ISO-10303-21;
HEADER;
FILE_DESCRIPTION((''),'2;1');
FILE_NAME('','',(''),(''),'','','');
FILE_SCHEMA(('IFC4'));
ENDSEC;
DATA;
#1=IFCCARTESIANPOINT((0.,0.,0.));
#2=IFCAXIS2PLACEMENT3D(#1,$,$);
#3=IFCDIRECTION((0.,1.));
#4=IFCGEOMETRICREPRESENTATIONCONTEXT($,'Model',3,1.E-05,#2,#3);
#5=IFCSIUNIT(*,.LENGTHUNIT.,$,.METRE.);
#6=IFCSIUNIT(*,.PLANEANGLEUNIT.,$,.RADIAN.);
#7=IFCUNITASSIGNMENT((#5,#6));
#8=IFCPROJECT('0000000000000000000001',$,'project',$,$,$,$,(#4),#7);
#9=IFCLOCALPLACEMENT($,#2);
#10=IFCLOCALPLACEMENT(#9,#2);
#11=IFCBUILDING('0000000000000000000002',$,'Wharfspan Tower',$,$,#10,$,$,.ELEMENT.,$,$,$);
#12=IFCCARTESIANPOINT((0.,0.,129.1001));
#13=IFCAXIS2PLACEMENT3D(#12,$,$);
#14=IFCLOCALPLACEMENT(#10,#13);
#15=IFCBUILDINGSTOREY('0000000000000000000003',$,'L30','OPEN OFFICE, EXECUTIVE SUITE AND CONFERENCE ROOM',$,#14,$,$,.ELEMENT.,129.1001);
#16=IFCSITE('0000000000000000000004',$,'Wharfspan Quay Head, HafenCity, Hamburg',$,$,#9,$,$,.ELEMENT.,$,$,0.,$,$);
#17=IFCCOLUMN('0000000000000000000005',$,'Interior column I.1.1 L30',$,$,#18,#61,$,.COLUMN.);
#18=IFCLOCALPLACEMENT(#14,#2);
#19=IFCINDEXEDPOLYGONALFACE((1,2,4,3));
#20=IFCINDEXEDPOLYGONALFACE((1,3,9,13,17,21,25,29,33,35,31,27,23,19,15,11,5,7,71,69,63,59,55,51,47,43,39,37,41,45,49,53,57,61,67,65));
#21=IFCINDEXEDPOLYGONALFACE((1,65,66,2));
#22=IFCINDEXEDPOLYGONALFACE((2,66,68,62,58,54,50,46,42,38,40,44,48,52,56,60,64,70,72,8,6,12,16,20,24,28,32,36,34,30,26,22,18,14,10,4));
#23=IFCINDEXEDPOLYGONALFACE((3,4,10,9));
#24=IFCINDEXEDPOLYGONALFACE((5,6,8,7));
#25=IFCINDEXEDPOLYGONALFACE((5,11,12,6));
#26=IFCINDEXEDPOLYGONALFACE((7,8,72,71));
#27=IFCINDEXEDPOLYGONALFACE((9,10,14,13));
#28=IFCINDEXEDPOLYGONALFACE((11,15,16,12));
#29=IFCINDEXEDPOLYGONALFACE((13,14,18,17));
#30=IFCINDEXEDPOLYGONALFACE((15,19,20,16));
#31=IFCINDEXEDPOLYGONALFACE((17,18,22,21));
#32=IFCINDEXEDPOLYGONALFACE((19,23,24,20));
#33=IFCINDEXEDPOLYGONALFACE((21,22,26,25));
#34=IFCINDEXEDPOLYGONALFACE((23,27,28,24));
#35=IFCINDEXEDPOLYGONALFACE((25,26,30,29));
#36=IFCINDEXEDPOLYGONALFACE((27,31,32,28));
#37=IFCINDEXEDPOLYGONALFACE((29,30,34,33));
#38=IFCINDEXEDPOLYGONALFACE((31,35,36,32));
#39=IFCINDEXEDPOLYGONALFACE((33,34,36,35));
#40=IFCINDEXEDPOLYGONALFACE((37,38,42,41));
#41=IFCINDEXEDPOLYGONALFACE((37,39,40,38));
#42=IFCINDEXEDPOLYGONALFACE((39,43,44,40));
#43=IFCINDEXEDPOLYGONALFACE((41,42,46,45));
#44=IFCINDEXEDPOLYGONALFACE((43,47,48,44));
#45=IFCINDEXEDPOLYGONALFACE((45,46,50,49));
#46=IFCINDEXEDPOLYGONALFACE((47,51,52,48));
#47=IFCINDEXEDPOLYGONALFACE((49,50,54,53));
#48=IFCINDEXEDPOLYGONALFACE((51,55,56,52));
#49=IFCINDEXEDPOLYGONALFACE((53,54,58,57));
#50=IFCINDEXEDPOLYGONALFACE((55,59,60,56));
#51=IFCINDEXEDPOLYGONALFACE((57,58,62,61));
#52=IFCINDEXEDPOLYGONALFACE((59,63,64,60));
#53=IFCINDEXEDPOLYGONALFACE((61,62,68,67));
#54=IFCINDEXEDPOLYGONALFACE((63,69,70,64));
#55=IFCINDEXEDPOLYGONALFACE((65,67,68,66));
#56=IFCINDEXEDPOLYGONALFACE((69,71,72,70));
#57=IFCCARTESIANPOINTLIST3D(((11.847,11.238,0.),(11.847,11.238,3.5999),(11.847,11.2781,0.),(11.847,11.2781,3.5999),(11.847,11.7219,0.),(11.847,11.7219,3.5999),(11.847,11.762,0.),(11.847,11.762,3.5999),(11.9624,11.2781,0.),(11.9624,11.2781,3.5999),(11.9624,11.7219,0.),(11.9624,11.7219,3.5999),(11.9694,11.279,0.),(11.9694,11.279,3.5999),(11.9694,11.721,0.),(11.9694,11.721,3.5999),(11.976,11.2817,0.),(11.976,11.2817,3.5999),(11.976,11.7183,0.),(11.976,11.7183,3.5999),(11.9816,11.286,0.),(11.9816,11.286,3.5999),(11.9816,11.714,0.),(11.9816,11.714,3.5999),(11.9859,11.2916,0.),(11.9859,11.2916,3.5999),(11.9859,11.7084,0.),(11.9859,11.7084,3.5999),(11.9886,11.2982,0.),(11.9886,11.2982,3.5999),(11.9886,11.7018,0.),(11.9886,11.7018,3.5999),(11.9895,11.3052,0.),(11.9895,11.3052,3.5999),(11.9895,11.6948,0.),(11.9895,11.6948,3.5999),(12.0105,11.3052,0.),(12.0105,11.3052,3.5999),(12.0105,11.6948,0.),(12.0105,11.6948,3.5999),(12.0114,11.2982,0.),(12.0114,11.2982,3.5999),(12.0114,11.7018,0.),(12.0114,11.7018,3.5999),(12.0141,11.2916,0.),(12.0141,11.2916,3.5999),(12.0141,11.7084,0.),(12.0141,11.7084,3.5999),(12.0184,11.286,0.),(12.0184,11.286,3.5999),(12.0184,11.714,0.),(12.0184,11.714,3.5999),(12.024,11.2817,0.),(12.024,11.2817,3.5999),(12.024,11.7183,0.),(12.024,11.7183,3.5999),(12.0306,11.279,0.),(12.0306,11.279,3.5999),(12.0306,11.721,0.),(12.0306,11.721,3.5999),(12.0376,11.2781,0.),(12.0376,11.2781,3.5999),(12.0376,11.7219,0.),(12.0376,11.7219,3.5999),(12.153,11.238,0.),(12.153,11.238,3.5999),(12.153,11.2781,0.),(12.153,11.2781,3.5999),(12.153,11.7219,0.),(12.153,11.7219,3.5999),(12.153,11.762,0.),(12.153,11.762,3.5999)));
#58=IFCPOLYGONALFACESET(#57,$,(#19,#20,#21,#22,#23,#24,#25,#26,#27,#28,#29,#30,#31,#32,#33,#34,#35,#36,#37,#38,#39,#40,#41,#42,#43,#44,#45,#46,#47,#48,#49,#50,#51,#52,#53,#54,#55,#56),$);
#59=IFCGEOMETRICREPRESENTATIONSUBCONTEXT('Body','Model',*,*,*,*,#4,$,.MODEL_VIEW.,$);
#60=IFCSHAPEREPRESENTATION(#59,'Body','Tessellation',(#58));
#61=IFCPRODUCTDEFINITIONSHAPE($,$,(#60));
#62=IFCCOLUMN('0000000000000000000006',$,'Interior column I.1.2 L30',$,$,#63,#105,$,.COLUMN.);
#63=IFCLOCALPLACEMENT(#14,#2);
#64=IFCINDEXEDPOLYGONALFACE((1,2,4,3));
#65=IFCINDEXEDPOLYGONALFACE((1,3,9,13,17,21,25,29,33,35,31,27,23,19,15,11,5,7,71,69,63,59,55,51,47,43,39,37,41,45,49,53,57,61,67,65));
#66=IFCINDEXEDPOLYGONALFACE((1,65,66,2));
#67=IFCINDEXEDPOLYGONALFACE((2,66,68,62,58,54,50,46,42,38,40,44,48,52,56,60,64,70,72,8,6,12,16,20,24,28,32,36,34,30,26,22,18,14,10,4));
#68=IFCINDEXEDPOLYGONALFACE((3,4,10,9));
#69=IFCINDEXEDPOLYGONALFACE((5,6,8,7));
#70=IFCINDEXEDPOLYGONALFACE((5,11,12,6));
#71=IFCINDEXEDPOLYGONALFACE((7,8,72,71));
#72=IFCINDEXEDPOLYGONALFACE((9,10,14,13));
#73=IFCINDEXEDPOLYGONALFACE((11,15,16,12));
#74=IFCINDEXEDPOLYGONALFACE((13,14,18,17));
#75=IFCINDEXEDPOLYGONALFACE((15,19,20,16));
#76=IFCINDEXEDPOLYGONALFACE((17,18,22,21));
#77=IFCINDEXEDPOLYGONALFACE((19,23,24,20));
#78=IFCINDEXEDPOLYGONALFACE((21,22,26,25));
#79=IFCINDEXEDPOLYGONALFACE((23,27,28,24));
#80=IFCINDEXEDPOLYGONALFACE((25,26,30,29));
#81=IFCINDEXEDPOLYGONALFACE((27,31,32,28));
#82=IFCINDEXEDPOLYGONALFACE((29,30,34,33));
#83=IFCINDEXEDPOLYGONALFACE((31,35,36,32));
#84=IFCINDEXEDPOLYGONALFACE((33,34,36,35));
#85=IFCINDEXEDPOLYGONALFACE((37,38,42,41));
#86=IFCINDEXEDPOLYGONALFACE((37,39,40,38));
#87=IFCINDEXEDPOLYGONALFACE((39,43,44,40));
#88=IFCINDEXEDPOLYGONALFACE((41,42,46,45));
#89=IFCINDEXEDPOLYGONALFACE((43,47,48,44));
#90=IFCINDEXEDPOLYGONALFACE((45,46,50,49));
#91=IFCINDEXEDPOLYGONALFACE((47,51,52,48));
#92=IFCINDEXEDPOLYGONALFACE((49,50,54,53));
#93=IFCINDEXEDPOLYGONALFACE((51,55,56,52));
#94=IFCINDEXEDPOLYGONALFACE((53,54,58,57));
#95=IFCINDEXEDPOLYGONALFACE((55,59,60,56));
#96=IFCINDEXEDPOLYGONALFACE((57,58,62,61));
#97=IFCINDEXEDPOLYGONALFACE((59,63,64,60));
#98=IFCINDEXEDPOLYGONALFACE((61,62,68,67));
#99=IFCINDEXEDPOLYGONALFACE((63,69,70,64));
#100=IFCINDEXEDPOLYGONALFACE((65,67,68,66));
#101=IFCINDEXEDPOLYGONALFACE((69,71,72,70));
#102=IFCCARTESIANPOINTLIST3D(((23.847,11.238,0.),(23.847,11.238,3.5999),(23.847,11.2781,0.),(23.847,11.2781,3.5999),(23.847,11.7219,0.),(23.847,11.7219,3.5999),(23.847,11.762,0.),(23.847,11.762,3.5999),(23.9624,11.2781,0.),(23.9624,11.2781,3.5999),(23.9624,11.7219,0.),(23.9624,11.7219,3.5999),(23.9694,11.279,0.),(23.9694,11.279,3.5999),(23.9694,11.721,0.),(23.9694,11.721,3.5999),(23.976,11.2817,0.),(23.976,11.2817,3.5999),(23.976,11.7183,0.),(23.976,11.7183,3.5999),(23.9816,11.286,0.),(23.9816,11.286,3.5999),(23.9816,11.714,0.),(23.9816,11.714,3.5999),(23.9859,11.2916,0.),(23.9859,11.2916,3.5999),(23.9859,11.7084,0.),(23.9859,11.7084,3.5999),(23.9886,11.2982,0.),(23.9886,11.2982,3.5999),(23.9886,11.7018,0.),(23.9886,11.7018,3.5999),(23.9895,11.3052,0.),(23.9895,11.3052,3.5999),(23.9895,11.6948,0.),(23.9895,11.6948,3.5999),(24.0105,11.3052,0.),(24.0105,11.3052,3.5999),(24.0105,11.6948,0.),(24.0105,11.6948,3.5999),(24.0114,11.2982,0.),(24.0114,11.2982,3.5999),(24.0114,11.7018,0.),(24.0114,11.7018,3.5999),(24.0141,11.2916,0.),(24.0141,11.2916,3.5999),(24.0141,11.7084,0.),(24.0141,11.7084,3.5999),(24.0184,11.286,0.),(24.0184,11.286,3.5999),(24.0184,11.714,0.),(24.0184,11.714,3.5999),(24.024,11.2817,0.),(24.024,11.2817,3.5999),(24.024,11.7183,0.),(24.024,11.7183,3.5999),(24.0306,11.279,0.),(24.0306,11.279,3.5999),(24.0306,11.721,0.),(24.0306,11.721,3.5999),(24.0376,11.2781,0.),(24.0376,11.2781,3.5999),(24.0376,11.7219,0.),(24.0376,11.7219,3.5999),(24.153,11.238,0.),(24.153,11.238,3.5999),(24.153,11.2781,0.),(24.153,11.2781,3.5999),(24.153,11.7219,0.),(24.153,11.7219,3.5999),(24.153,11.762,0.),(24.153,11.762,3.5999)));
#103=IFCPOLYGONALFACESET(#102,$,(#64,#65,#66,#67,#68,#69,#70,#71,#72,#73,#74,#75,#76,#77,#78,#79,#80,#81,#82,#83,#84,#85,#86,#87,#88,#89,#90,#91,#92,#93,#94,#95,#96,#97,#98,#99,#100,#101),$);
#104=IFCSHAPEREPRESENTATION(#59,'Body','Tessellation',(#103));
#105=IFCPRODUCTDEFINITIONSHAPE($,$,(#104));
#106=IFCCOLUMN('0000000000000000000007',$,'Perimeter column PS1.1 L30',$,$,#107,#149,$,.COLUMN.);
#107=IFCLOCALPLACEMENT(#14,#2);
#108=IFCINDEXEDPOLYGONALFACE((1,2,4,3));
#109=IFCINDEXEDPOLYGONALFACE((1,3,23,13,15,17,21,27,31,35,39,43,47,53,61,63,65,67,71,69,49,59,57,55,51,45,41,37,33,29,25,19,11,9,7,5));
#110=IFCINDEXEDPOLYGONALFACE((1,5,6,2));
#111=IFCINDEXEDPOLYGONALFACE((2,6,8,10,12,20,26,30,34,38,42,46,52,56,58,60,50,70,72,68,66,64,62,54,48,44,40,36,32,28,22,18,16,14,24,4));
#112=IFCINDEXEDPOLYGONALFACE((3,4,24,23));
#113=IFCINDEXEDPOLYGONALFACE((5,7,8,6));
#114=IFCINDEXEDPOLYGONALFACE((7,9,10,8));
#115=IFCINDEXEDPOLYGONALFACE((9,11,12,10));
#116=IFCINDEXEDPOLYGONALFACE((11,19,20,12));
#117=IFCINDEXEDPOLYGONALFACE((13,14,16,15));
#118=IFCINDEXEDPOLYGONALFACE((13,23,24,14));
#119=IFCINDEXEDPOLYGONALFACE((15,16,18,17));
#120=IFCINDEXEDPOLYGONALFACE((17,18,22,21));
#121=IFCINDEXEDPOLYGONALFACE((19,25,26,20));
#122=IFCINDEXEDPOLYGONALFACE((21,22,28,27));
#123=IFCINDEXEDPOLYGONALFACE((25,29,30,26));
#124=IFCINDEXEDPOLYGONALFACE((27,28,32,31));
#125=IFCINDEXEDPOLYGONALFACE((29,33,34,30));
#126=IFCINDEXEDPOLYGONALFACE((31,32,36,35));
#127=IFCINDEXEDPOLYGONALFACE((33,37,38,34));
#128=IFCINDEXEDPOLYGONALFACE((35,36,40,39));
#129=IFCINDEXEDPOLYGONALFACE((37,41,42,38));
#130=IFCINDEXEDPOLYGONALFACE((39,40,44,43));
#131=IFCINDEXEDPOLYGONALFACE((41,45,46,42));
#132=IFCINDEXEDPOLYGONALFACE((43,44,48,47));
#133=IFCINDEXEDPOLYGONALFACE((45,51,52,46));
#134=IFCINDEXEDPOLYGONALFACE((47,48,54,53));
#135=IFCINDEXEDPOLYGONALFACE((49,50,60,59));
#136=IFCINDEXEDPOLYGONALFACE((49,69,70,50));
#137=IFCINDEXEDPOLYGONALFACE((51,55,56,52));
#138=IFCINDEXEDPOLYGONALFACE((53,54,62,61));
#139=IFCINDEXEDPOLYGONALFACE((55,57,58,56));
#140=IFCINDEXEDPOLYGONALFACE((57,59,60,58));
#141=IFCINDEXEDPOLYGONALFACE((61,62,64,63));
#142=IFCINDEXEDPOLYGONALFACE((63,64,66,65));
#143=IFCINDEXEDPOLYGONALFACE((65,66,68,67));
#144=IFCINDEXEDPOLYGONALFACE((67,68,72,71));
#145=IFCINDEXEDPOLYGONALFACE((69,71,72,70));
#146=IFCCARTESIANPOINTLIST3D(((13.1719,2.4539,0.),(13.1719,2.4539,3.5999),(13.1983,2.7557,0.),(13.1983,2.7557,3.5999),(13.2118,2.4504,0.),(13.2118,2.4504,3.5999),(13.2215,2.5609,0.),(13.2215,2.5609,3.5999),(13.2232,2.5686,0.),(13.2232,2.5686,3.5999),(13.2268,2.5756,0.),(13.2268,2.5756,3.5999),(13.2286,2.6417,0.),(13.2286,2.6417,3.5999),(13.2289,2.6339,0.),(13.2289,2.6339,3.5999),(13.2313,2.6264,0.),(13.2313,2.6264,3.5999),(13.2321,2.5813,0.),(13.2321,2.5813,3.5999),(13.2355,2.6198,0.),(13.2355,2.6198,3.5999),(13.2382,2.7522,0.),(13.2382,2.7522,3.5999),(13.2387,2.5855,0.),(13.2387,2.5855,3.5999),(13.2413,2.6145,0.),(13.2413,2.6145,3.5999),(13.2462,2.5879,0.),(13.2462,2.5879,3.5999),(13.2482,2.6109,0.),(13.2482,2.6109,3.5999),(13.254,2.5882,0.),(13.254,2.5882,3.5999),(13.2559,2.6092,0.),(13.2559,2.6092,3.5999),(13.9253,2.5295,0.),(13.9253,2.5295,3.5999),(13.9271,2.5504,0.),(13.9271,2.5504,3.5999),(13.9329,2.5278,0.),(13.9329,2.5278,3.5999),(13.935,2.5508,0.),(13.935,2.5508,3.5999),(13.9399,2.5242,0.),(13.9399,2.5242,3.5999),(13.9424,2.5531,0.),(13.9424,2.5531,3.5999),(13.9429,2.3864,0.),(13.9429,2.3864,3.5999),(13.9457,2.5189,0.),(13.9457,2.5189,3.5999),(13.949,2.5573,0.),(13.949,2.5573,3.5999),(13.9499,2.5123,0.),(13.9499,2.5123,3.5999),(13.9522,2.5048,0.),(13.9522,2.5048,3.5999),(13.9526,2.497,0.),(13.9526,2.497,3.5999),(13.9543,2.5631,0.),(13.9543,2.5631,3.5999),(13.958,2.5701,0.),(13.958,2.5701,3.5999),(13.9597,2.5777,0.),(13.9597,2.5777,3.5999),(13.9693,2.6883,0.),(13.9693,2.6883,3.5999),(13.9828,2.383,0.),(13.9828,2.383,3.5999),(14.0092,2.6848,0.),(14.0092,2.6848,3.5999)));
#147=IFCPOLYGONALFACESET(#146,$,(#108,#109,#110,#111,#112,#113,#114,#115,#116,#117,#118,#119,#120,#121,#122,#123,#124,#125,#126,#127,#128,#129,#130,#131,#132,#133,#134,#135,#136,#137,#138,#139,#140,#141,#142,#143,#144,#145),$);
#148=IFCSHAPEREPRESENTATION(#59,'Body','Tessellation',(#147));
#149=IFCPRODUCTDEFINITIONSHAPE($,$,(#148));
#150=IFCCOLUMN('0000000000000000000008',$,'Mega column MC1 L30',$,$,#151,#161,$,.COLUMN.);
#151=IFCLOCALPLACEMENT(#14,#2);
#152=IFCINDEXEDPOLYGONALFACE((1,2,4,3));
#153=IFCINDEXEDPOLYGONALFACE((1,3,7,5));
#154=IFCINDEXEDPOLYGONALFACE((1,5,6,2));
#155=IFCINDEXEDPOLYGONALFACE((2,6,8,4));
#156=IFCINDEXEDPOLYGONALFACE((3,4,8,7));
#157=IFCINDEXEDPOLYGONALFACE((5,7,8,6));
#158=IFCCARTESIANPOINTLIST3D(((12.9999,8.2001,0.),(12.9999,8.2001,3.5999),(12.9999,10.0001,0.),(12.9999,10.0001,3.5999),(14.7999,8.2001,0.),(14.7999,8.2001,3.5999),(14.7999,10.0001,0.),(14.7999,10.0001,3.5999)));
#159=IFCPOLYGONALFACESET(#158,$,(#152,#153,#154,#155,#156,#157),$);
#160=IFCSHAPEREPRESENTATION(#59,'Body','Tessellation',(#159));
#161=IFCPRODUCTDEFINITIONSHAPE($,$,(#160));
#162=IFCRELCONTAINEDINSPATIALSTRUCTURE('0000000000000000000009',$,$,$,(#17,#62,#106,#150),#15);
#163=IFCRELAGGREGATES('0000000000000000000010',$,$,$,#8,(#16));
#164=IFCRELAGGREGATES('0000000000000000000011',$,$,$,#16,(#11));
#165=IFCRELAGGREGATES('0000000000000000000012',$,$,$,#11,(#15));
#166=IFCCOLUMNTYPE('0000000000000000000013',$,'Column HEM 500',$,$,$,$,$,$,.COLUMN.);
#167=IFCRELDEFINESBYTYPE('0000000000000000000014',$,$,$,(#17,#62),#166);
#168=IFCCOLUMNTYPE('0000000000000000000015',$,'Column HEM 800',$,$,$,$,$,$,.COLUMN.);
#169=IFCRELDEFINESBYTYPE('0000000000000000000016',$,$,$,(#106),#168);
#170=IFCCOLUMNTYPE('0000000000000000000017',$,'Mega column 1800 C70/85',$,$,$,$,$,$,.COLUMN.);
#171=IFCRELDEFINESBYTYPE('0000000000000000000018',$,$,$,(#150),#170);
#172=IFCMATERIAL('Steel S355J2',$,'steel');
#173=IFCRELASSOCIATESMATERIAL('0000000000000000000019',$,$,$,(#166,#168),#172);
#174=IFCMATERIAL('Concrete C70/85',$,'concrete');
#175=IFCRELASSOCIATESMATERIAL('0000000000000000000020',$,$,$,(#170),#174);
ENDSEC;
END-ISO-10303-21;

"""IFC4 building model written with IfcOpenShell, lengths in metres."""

from ifc_helpers import new_model, si_unit, direction, frame, origin, origin_2d, place, context, subcontext, project, spatial, rectangle, i_section, extrude, material, material_profile, profile_set, type_object, element, save


model = new_model("IFC4")

# Units and contexts
model_context = context("Model", 3, precision=1e-05, world=origin(), true_north=direction((0.0, 1.0)))
body_context = subcontext(model_context, "Body", "Model", "MODEL_VIEW")
ifc_project = project(units=[si_unit("LENGTHUNIT", "METRE"), si_unit("PLANEANGLEUNIT", "RADIAN")], contexts=[model_context])

# Site, building, storey
site_placement = place(None, origin())
site = spatial("IfcSite", under=ifc_project, at=site_placement, Name="Wharfspan Quay Head, HafenCity, Hamburg", CompositionType="ELEMENT", RefElevation=0.0)
building_placement = place(site_placement, origin())
building = spatial("IfcBuilding", under=site, at=building_placement, Name="Wharfspan Tower", CompositionType="ELEMENT")
storey_placement = place(building_placement, frame((0.0, 0.0, 129.1001)))
storey = spatial("IfcBuildingStorey", under=building, at=storey_placement, Name="L30", Description="OPEN OFFICE, EXECUTIVE SUITE AND CONFERENCE ROOM", CompositionType="ELEMENT", Elevation=129.1001)

# Columns
ifc_material_1 = material(Name="Steel S355J2", Category="steel")
ifc_material_profile_1 = material_profile(ifc_material_1, i_section(OverallWidth=0.3059, OverallDepth=0.5239, WebThickness=0.021, FlangeThickness=0.04, FilletRadius=0.0271, at=origin_2d()))
ifc_profile_set_1 = profile_set([ifc_material_profile_1], Name="Steel S355J2")
column_type_1 = type_object("IfcColumnType", Name="Column HEM 500", PredefinedType="COLUMN", material=ifc_profile_set_1)
for number, where, z_axis, x_axis, name in (
    (1, (12.0, 11.5, 0.0), (0.0, 0.0, 1.0), (1.0, 0.0, 0.0), "Interior column I.1.1 L30"),
    (2, (24.0, 11.5, 0.0), (0.0, 0.0, 1.0), (1.0, 0.0, 0.0), "Interior column I.1.2 L30"),
):
    element("IfcColumn", number, at=place(storey_placement, frame(where, z_axis=z_axis, x_axis=x_axis)), inside=storey, type_object=column_type_1, Name=name, PredefinedType="COLUMN", context=body_context, shape_type="SweptSolid", body=[
        extrude(i_section(OverallWidth=0.3059, OverallDepth=0.5239, WebThickness=0.021, FlangeThickness=0.04, FilletRadius=0.0271, at=origin_2d()), origin(), (0.0, 0.0, 1.0), 3.5999),
    ])
ifc_material_profile_2 = material_profile(ifc_material_1, i_section(OverallWidth=0.303, OverallDepth=0.814, WebThickness=0.021, FlangeThickness=0.04, FilletRadius=0.03, at=origin_2d()))
ifc_profile_set_2 = profile_set([ifc_material_profile_2], Name="Steel S355J2")
column_type_2 = type_object("IfcColumnType", Name="Column HEM 800", PredefinedType="COLUMN", material=ifc_profile_set_2)
column_1_placement = place(storey_placement, frame((13.5906, 2.5693, 0.0), z_axis=(0.0, 0.0, 1.0), x_axis=(-0.087156, -0.996198, 0.0)))
element("IfcColumn", 3, at=column_1_placement, inside=storey, type_object=column_type_2, Name="Perimeter column PS1.1 L30", PredefinedType="COLUMN", context=body_context, shape_type="SweptSolid", body=[
    extrude(i_section(OverallWidth=0.303, OverallDepth=0.814, WebThickness=0.021, FlangeThickness=0.04, FilletRadius=0.03, at=origin_2d()), origin(), (0.0, 0.0, 1.0), 3.5999),
])
ifc_material_2 = material(Name="Concrete C70/85", Category="concrete")
ifc_material_profile_3 = material_profile(ifc_material_2, rectangle(XDim=1.8, YDim=1.8, at=origin_2d()))
ifc_profile_set_3 = profile_set([ifc_material_profile_3], Name="Concrete C70/85")
column_type_3 = type_object("IfcColumnType", Name="Mega column 1800 C70/85", PredefinedType="COLUMN", material=ifc_profile_set_3)
column_2_placement = place(storey_placement, frame((13.8999, 9.1001, 0.0), z_axis=(0.0, 0.0, 1.0), x_axis=(1.0, 0.0, 0.0)))
element("IfcColumn", 4, at=column_2_placement, inside=storey, type_object=column_type_3, Name="Mega column MC1 L30", PredefinedType="COLUMN", context=body_context, shape_type="SweptSolid", body=[
    extrude(rectangle(XDim=1.8, YDim=1.8, at=origin_2d()), origin(), (0.0, 0.0, 1.0), 3.5999),
])

save(model, "model.ifc")
